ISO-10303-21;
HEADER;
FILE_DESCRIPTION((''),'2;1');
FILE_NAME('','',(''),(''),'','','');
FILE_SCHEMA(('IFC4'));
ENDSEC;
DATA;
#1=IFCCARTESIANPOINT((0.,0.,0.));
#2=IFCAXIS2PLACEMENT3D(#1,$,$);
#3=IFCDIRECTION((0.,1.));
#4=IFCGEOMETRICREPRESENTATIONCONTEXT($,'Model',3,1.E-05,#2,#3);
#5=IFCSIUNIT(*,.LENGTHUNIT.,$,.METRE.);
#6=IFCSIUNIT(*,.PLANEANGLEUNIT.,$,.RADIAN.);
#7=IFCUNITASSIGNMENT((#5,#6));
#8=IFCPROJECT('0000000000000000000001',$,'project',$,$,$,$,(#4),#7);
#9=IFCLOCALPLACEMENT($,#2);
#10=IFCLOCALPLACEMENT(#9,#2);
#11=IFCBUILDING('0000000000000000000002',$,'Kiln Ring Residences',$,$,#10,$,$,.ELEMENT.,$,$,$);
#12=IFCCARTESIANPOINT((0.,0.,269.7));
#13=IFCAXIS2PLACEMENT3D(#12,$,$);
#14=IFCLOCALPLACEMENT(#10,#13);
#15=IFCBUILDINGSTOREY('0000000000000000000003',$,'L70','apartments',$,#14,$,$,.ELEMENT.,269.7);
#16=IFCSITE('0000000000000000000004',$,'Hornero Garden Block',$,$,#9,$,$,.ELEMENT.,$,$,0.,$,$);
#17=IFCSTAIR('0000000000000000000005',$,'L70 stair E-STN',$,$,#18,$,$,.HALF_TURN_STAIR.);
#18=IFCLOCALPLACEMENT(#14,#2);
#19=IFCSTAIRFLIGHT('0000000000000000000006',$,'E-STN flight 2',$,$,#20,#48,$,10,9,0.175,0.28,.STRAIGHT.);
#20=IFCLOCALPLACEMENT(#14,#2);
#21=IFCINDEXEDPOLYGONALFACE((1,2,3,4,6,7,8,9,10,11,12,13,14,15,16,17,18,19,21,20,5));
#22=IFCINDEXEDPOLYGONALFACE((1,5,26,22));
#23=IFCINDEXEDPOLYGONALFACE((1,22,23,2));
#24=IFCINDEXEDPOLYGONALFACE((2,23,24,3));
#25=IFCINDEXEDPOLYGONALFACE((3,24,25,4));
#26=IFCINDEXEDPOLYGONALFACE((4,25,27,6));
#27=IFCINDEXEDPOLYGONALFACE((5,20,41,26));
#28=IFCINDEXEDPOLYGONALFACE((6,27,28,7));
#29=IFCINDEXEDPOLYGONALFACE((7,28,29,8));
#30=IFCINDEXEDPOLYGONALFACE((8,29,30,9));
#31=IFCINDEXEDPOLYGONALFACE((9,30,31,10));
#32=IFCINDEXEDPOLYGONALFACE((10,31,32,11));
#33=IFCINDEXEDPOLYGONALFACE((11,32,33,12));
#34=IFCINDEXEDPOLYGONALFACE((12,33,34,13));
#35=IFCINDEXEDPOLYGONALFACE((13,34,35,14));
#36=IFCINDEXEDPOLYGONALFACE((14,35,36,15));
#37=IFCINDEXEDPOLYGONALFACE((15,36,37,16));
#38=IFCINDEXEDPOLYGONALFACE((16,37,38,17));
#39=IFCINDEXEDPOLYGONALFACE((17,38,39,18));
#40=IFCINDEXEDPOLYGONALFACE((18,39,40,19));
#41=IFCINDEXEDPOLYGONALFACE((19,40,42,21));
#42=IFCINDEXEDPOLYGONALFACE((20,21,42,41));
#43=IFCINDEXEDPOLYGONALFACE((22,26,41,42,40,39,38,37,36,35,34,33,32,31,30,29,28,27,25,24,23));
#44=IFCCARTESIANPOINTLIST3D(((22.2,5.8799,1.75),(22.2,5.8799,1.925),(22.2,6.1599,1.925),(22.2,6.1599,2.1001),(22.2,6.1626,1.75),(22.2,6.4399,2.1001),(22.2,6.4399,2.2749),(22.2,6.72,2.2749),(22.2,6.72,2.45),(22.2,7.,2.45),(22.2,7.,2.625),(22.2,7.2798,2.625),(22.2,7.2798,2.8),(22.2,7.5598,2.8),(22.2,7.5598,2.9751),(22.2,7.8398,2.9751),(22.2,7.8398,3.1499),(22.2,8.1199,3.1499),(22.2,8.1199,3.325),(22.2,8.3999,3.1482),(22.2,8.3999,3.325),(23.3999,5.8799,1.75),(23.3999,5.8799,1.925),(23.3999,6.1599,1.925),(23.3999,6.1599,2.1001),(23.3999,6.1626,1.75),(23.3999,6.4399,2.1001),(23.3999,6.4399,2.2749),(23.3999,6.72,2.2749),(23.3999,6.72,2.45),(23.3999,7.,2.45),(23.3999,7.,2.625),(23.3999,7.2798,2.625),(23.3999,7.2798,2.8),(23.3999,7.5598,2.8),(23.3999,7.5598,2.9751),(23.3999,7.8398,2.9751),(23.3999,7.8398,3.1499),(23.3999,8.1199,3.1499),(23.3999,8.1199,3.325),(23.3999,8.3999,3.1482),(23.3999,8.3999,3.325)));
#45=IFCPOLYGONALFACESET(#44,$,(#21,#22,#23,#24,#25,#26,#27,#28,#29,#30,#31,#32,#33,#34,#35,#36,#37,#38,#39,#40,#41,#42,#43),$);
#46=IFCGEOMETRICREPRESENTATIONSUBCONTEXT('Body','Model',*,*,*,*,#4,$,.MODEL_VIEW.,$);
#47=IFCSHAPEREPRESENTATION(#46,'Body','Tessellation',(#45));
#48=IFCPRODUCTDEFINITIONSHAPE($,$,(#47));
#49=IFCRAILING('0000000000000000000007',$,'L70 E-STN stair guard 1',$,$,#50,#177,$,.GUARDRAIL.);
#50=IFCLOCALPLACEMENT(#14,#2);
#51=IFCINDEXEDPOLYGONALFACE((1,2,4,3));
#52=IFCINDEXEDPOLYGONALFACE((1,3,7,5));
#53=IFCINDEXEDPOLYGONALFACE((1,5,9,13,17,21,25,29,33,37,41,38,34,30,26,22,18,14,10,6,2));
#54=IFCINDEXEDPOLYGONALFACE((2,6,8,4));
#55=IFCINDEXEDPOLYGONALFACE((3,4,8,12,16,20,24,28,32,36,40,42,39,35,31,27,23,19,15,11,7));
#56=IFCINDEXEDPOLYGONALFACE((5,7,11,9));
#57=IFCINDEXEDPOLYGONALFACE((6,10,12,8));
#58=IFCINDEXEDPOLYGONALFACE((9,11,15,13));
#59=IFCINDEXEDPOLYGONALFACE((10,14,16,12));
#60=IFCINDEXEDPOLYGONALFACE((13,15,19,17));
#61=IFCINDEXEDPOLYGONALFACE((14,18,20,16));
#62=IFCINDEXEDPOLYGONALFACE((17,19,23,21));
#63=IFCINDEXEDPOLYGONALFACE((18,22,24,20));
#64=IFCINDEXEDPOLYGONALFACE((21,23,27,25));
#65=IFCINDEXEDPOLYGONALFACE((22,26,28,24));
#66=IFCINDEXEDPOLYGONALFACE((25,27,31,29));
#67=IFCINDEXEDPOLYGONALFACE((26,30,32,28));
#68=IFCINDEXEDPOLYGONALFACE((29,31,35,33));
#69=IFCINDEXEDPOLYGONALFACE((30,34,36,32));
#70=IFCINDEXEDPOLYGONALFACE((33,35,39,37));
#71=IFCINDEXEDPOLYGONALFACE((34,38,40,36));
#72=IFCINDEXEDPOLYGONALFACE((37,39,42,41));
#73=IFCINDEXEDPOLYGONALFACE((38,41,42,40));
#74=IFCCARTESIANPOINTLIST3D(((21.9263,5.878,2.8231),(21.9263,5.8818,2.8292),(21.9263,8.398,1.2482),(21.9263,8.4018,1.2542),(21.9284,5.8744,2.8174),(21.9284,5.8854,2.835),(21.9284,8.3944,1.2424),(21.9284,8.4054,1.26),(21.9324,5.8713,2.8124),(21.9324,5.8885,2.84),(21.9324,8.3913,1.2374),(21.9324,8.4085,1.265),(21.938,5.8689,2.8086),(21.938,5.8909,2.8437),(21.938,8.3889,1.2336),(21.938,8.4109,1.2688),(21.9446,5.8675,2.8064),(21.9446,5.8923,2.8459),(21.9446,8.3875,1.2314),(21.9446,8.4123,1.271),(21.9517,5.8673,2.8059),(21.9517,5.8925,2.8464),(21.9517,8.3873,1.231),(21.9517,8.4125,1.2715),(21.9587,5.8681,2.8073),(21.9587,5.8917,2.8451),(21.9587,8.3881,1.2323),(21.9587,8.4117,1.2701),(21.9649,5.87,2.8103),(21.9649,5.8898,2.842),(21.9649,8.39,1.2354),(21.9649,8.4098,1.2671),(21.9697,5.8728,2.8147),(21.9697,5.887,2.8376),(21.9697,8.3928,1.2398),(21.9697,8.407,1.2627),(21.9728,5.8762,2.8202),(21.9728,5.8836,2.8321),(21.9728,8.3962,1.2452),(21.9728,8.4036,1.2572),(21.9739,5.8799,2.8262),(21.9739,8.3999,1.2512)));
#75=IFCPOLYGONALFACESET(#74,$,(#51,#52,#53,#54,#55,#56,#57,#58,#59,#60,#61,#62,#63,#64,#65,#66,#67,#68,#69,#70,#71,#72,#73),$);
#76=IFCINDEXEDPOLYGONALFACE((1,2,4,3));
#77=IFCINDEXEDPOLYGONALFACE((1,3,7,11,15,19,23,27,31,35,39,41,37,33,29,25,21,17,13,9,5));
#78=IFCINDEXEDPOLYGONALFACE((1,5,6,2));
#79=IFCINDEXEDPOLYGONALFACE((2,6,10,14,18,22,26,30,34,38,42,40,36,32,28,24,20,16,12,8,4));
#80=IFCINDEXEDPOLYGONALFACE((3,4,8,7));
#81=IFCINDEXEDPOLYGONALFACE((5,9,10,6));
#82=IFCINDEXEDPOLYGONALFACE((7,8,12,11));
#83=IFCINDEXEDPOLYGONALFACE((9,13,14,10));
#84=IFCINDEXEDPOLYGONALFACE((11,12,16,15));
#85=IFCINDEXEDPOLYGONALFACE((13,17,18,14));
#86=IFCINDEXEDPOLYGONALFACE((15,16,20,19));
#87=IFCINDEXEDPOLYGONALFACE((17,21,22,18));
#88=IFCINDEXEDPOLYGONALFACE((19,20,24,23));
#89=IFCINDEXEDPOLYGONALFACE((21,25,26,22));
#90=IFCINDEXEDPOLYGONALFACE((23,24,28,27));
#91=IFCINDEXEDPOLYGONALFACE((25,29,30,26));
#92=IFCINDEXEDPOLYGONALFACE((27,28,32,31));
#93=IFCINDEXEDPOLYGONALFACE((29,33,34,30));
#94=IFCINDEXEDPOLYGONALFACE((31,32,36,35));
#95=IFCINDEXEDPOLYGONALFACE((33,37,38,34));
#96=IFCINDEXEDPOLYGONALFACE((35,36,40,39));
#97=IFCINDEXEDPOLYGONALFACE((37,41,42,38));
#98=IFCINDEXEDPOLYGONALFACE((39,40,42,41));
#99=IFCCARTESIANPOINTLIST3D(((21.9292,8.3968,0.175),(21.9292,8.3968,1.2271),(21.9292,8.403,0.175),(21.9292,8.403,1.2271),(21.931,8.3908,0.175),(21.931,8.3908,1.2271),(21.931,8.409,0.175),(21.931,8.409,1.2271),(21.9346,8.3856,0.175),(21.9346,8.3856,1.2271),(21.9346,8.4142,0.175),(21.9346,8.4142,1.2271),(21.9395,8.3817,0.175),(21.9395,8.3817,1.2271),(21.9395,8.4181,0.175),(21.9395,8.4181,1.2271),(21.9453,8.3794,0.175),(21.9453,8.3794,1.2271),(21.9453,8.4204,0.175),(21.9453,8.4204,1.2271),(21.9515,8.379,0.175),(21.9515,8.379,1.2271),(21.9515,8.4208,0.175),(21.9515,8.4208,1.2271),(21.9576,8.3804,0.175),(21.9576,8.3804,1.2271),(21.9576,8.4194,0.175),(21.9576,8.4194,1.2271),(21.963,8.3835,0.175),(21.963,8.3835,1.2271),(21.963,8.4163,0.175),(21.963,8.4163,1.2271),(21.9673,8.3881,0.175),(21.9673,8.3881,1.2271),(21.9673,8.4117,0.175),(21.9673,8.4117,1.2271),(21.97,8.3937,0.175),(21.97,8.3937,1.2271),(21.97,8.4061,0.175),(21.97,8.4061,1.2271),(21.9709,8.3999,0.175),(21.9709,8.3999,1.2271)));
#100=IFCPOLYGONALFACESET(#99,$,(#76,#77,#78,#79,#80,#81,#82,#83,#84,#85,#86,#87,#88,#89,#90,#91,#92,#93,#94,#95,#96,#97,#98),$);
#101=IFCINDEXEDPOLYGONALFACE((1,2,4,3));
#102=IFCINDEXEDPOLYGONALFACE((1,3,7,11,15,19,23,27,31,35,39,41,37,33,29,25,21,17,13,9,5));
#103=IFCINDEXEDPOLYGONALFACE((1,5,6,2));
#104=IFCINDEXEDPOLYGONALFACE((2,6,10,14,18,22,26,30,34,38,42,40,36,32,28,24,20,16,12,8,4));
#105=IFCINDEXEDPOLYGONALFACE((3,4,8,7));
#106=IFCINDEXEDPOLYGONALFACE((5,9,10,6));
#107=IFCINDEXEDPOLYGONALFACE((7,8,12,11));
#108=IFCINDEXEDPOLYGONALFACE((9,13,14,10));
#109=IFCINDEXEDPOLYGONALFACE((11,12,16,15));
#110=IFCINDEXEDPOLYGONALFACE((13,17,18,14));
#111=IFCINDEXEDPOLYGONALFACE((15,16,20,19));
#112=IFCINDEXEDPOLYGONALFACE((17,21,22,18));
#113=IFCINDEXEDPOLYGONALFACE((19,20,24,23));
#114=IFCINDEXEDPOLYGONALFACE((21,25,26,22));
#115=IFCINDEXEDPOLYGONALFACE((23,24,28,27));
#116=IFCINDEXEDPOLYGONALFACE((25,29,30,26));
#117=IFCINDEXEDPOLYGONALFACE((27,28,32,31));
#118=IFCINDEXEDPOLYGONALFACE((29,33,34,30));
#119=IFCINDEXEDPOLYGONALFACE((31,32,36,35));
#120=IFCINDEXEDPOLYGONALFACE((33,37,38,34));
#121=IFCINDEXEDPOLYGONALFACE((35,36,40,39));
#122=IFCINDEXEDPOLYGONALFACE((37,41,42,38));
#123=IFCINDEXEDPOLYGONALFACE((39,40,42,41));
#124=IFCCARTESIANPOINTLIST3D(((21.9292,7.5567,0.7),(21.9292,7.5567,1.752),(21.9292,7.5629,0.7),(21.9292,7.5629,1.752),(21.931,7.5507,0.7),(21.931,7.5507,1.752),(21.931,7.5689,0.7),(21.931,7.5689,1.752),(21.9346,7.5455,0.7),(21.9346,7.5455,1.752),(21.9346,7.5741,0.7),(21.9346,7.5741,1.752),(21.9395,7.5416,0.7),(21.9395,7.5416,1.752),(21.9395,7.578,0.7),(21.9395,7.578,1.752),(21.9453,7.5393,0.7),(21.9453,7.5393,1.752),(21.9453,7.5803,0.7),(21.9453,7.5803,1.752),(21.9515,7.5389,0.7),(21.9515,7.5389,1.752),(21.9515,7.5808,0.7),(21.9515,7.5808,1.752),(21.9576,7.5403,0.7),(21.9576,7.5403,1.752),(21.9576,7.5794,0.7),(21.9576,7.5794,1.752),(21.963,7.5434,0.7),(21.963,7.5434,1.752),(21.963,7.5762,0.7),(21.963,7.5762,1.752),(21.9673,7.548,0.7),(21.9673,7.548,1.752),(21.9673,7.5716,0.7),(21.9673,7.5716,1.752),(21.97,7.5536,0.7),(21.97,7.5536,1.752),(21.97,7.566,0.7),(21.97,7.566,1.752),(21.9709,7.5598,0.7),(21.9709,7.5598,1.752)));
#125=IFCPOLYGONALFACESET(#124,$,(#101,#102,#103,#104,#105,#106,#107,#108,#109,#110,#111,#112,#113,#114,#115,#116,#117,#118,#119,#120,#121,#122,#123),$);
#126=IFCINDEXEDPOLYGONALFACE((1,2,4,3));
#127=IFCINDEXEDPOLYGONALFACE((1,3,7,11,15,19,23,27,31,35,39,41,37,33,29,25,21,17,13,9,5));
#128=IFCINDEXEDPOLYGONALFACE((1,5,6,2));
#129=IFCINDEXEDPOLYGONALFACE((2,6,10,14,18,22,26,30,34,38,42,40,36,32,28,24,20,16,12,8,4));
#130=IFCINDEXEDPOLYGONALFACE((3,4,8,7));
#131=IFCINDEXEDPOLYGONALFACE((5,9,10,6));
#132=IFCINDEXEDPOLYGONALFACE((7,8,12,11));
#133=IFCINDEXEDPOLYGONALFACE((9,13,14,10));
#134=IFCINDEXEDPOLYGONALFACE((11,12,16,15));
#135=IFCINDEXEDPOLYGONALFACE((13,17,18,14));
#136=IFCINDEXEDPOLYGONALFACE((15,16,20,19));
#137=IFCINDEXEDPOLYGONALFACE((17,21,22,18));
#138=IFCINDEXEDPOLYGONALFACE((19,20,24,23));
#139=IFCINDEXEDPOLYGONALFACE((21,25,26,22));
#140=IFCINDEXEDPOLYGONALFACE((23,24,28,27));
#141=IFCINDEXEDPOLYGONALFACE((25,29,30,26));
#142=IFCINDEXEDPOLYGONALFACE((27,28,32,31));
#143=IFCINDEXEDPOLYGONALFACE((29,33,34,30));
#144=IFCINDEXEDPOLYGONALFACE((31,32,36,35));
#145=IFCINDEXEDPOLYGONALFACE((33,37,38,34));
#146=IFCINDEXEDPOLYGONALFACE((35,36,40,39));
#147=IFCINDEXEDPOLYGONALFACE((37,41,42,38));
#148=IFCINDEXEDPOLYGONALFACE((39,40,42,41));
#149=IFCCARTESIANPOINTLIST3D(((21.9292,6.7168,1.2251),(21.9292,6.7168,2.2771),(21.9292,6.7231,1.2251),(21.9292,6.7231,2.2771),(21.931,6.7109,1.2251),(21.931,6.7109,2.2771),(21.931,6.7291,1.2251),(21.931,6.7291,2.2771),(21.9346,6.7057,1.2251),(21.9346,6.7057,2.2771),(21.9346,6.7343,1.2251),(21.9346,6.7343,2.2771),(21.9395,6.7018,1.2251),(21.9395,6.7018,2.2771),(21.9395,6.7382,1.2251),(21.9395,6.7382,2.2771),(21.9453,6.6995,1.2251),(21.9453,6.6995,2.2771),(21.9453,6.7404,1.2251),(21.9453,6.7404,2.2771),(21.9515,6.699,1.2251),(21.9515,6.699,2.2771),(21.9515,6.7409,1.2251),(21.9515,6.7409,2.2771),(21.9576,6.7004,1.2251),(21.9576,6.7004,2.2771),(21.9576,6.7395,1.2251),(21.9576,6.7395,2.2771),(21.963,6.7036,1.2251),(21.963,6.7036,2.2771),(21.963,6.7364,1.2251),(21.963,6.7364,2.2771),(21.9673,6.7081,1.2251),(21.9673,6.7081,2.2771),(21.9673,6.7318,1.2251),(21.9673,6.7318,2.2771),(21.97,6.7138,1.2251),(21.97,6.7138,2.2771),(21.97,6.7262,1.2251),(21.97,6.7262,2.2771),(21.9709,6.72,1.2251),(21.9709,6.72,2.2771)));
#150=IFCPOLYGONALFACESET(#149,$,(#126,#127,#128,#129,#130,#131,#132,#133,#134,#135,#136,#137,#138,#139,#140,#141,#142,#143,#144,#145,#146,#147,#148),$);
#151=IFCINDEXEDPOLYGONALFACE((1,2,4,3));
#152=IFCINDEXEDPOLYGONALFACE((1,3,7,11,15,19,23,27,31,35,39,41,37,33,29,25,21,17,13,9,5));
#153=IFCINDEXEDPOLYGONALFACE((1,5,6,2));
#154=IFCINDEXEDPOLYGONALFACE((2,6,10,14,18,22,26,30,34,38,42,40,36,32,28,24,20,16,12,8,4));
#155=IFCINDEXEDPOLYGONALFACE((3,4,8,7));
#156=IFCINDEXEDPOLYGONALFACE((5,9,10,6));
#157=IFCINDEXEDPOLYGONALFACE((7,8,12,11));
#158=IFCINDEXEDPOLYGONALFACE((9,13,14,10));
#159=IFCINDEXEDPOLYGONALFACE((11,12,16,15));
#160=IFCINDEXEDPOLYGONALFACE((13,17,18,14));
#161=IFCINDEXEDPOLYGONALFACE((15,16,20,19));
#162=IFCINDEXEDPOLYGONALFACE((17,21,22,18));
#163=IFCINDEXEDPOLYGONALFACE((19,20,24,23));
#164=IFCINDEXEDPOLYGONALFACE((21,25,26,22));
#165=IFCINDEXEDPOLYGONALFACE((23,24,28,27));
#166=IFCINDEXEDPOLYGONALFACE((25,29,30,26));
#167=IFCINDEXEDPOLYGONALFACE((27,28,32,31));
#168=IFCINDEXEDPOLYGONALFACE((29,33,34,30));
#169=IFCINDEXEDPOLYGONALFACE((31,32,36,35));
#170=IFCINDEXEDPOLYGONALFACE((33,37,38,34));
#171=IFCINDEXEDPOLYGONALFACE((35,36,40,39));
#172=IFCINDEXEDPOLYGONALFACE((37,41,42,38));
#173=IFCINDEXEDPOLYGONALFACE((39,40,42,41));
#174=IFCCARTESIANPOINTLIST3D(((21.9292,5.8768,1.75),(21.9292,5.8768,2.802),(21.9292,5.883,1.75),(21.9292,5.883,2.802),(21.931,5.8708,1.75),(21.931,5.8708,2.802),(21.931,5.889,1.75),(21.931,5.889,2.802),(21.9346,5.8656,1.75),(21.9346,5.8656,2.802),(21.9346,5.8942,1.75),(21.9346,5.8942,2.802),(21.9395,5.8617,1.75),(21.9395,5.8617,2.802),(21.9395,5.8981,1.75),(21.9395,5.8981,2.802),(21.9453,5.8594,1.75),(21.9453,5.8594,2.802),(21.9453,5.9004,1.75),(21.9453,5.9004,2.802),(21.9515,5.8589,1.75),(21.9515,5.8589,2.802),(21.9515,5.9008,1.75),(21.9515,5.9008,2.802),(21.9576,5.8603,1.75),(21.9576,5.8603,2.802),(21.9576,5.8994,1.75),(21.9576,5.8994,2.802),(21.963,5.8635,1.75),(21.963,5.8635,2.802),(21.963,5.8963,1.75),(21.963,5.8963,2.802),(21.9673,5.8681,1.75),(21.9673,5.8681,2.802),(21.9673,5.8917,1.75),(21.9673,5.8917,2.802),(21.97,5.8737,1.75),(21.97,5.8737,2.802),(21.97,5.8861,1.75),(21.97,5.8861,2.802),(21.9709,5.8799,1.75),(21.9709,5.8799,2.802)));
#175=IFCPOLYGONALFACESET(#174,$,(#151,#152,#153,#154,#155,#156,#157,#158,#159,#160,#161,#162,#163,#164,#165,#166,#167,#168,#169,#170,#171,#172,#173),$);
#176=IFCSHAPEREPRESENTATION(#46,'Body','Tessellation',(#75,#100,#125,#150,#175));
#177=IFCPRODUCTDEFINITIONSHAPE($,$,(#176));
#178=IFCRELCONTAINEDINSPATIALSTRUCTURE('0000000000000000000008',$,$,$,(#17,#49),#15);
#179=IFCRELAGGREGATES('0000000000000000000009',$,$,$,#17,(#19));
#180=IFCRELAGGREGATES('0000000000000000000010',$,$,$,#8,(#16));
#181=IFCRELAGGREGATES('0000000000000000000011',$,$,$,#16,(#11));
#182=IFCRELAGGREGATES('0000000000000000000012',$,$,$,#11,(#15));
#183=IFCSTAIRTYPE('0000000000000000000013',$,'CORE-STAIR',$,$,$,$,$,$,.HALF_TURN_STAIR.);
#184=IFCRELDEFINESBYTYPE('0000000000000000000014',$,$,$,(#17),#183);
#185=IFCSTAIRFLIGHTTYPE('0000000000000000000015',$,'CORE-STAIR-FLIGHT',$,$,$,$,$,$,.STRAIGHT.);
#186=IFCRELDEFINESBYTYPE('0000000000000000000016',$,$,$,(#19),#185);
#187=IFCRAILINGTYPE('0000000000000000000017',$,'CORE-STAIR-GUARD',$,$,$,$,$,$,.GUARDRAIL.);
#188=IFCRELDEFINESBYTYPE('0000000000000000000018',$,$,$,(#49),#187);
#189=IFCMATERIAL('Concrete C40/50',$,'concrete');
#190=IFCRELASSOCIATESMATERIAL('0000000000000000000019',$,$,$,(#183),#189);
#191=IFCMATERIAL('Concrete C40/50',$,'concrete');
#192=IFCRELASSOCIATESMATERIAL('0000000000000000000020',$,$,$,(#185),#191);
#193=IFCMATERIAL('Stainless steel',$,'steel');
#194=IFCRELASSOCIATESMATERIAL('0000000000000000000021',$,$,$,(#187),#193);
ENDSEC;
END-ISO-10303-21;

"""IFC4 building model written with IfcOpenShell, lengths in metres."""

from ifc_helpers import new_model, si_unit, direction, frame, origin, origin_2d, place, context, subcontext, project, spatial, polyline, circle, outline, extrude, material, type_object, element, aggregate, save


model = new_model("IFC4")

# Units and contexts
model_context = context("Model", 3, precision=1e-05, world=origin(), true_north=direction((0.0, 1.0)))
body_context = subcontext(model_context, "Body", "Model", "MODEL_VIEW")
ifc_project = project(units=[si_unit("LENGTHUNIT", "METRE"), si_unit("PLANEANGLEUNIT", "RADIAN")], contexts=[model_context])

# Site, building, storey
site_placement = place(None, origin())
site = spatial("IfcSite", under=ifc_project, at=site_placement, Name="Hornero Garden Block", CompositionType="ELEMENT", RefElevation=0.0)
building_placement = place(site_placement, origin())
building = spatial("IfcBuilding", under=site, at=building_placement, Name="Kiln Ring Residences", CompositionType="ELEMENT")
storey_placement = place(building_placement, frame((0.0, 0.0, 269.7)))
storey = spatial("IfcBuildingStorey", under=building, at=storey_placement, Name="L70", Description="apartments", CompositionType="ELEMENT", Elevation=269.7)

# Stair, stair flight
ifc_material_1 = material(Name="Concrete C40/50", Category="concrete")
stair_type = type_object("IfcStairType", Name="CORE-STAIR", PredefinedType="HALF_TURN_STAIR", material=ifc_material_1)
stair_placement = place(storey_placement, origin())
stair = element("IfcStair", 1, at=stair_placement, inside=storey, type_object=stair_type, Name="L70 stair E-STN", PredefinedType="HALF_TURN_STAIR")
ifc_material_2 = material(Name="Concrete C40/50", Category="concrete")
stair_flight_type = type_object("IfcStairFlightType", Name="CORE-STAIR-FLIGHT", PredefinedType="STRAIGHT", material=ifc_material_2)
stair_flight_1_placement = place(storey_placement, frame((22.8, 5.8799, 1.75), z_axis=(0.0, 0.0, 1.0), x_axis=(0.0, 1.0, 0.0)))
stair_flight_1 = element("IfcStairFlight", 2, at=stair_flight_1_placement, type_object=stair_flight_type, Name="E-STN flight 2", NumberOfRisers=10, NumberOfTreads=9, PredefinedType="STRAIGHT", RiserHeight=0.175, TreadLength=0.28, context=body_context, shape_type="SweptSolid", body=[
    extrude(outline(polyline([(0.0, 0.0), (0.0, 0.175), (0.28, 0.175), (0.28, 0.3501), (0.5601, 0.3501), (0.5601, 0.5249), (0.8401, 0.5249), (0.8401, 0.7), (1.1201, 0.7), (1.1201, 0.875), (1.3999, 0.875), (1.3999, 1.05), (1.6799, 1.05), (1.6799, 1.2251), (1.96, 1.2251), (1.96, 1.3999), (2.24, 1.3999), (2.24, 1.575), (2.52, 1.575), (2.52, 1.75), (2.52, 1.3982), (0.2827, 0.0), (0.0, 0.0)])), frame((0.0, 0.6001, 0.0), z_axis=(0.0, -1.0, 0.0), x_axis=(1.0, 0.0, 0.0)), (0.0, 0.0, 1.0), 1.2),
])
aggregate(stair, [stair_flight_1])

# Railing
ifc_material_3 = material(Name="Stainless steel", Category="steel")
railing_type_1 = type_object("IfcRailingType", Name="CORE-STAIR-GUARD", PredefinedType="GUARDRAIL", material=ifc_material_3)
railing_1_placement = place(storey_placement, frame((21.95, 8.3999, 0.175)))
element("IfcRailing", 3, at=railing_1_placement, inside=storey, type_object=railing_type_1, Name="L70 E-STN stair guard 1", PredefinedType="GUARDRAIL", context=body_context, shape_type="SweptSolid", body=[
    extrude(circle(Radius=0.0239, at=origin_2d()), frame((0.0, 0.0, 1.0762), z_axis=(0.0, -0.848008, 0.529984), x_axis=(1.0, 0.0, 0.0)), (0.0, 0.0, 1.0), 2.9717),
    extrude(circle(Radius=0.021, at=origin_2d()), origin(), (0.0, 0.0, 1.0), 1.052),
    extrude(circle(Radius=0.021, at=origin_2d()), frame((0.0, -0.8401, 0.5249)), (0.0, 0.0, 1.0), 1.052),
    extrude(circle(Radius=0.021, at=origin_2d()), frame((0.0, -1.6799, 1.05)), (0.0, 0.0, 1.0), 1.052),
    extrude(circle(Radius=0.021, at=origin_2d()), frame((0.0, -2.52, 1.575)), (0.0, 0.0, 1.0), 1.052),
])

save(model, "model.ifc")
